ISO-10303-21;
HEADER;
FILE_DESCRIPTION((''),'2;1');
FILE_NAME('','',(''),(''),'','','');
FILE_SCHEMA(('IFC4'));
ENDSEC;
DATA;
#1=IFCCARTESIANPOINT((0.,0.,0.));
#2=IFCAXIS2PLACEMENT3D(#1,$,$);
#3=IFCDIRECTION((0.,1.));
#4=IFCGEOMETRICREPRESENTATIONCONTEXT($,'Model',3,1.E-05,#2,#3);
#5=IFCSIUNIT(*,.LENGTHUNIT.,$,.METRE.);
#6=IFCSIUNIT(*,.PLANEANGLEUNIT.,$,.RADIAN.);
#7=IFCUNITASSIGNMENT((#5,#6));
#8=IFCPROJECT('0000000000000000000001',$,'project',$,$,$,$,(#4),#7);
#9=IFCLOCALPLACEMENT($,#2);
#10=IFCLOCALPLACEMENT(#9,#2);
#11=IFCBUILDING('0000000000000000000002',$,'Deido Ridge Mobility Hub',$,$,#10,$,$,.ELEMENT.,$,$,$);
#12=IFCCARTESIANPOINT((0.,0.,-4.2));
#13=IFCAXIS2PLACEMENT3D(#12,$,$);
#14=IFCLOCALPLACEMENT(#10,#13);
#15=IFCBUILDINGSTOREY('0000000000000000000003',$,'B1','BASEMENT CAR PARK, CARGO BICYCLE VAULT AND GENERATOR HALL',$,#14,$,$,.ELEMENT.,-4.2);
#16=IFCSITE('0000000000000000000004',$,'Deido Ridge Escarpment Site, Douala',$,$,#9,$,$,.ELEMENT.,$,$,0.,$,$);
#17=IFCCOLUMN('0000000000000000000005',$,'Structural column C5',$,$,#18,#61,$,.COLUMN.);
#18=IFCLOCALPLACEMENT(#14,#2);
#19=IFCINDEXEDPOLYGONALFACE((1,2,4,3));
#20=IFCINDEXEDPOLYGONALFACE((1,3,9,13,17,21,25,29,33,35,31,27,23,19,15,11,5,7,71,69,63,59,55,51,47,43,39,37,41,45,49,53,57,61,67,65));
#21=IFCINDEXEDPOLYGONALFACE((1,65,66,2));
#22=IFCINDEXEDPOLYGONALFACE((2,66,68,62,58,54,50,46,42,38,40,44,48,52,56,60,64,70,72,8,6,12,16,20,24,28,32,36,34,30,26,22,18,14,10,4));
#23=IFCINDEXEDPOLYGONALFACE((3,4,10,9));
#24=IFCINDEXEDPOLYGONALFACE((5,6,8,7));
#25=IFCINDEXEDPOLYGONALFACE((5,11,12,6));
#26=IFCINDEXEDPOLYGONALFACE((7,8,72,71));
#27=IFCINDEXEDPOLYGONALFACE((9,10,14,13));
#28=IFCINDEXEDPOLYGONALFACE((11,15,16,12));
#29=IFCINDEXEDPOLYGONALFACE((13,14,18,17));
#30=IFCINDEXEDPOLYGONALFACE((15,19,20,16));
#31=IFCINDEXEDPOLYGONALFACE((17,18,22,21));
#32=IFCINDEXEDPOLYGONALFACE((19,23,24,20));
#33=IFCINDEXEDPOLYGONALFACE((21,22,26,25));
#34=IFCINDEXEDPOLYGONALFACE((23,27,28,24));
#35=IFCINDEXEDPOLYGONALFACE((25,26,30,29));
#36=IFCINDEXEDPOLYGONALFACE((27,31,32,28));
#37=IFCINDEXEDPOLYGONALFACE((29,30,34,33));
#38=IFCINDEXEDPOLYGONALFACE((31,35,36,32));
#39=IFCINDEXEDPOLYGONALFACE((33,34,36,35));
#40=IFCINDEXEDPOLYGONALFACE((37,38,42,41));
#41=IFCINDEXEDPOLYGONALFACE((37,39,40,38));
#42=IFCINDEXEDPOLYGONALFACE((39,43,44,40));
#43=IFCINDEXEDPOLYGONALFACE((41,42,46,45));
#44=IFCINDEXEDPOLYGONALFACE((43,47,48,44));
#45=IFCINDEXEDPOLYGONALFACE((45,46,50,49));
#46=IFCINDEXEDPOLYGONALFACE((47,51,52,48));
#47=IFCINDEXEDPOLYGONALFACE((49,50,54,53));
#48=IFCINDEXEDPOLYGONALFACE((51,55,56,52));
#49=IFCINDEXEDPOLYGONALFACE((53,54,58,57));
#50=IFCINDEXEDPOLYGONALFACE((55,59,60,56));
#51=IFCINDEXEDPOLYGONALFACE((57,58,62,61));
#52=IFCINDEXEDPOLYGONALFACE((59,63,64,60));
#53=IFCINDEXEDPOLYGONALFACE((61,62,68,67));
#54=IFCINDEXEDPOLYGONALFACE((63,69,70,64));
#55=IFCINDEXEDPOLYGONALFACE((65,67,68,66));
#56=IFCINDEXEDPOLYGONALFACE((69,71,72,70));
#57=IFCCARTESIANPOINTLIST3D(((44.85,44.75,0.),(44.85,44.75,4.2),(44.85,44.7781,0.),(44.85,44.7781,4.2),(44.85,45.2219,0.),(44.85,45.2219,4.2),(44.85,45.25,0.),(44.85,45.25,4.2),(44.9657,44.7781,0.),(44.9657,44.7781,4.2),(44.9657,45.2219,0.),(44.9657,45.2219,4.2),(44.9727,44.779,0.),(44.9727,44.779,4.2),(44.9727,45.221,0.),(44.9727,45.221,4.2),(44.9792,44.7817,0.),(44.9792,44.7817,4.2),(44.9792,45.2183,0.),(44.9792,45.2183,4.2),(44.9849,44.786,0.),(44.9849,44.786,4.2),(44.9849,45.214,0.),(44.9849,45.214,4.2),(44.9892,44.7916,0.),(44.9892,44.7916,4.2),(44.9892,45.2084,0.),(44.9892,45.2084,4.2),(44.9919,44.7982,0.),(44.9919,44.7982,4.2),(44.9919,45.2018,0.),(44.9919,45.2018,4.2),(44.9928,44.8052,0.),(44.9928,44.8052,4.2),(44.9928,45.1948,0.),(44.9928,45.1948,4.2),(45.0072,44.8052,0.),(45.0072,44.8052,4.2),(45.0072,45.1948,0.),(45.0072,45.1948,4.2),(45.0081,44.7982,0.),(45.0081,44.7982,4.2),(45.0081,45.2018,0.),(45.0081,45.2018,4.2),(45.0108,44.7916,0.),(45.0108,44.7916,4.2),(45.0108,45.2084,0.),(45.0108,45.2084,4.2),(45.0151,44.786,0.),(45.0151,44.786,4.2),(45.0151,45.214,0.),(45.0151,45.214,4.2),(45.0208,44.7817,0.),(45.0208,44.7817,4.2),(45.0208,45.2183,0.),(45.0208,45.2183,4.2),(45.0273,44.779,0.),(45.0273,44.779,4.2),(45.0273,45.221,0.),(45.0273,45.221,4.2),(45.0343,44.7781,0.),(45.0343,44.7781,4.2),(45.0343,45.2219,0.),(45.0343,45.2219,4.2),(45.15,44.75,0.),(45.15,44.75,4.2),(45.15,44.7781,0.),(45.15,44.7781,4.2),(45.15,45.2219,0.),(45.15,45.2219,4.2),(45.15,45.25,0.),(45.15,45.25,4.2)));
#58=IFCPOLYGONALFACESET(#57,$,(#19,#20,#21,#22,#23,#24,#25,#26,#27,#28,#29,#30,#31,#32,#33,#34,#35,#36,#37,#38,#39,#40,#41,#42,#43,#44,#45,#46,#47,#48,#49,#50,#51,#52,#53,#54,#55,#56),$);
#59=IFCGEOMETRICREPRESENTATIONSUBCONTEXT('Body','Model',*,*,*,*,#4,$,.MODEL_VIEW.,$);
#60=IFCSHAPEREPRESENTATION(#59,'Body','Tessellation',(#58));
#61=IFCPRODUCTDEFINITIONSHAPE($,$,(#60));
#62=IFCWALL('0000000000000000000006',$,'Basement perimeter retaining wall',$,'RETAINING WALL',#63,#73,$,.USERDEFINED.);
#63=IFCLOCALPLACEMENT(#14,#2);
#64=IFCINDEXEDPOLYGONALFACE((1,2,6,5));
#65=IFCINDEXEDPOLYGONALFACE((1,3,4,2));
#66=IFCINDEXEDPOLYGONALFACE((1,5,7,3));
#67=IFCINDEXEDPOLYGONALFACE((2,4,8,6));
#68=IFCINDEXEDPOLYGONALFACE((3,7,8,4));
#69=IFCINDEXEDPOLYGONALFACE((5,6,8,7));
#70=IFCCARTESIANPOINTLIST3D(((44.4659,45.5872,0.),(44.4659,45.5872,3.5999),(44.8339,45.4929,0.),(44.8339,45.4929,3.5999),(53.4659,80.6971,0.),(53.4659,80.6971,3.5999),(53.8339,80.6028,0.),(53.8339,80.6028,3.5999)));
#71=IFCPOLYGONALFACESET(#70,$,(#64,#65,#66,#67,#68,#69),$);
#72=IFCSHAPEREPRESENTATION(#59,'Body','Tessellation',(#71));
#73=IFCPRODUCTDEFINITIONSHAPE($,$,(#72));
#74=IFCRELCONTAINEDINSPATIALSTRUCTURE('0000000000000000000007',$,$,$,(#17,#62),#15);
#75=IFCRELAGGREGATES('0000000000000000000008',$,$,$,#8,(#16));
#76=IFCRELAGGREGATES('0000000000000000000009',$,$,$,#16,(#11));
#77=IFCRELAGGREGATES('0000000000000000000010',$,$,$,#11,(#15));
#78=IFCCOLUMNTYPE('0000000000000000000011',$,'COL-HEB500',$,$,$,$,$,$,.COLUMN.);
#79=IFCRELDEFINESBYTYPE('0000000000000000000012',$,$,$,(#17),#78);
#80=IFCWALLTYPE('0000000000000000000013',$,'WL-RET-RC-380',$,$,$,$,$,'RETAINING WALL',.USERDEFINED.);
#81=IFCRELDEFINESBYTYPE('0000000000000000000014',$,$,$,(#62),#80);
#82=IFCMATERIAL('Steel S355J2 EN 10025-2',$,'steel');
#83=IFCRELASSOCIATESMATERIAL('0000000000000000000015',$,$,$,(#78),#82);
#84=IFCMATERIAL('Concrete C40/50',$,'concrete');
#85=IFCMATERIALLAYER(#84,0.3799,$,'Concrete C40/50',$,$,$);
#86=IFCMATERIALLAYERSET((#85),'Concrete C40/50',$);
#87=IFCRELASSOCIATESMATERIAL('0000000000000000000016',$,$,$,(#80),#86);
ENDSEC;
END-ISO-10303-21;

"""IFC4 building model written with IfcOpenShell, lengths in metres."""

from ifc_helpers import new_model, si_unit, direction, frame, frame_2d, origin, origin_2d, place, context, subcontext, project, spatial, rectangle, i_section, extrude, material, layer, layer_set, material_profile, profile_set, type_object, element, save


model = new_model("IFC4")

# Units and contexts
model_context = context("Model", 3, precision=1e-05, world=origin(), true_north=direction((0.0, 1.0)))
body_context = subcontext(model_context, "Body", "Model", "MODEL_VIEW")
ifc_project = project(units=[si_unit("LENGTHUNIT", "METRE"), si_unit("PLANEANGLEUNIT", "RADIAN")], contexts=[model_context])

# Site, building, storey
site_placement = place(None, origin())
site = spatial("IfcSite", under=ifc_project, at=site_placement, Name="Deido Ridge Escarpment Site, Douala", CompositionType="ELEMENT", RefElevation=0.0)
building_placement = place(site_placement, origin())
building = spatial("IfcBuilding", under=site, at=building_placement, Name="Deido Ridge Mobility Hub", CompositionType="ELEMENT")
storey_placement = place(building_placement, frame((0.0, 0.0, -4.2)))
storey = spatial("IfcBuildingStorey", under=building, at=storey_placement, Name="B1", Description="BASEMENT CAR PARK, CARGO BICYCLE VAULT AND GENERATOR HALL", CompositionType="ELEMENT", Elevation=-4.2)

# Shared definitions
ifc_material_1 = material(Name="Concrete C40/50", Category="concrete")

# Column
ifc_material_2 = material(Name="Steel S355J2 EN 10025-2", Category="steel")
ifc_material_profile_1 = material_profile(ifc_material_2, i_section(OverallWidth=0.3, OverallDepth=0.5, WebThickness=0.0144, FlangeThickness=0.0281, FilletRadius=0.0271, at=origin_2d()), Name="HEB 500")
ifc_profile_set_1 = profile_set([ifc_material_profile_1], Name="Steel S355J2 EN 10025-2")
column_type_1 = type_object("IfcColumnType", Name="COL-HEB500", PredefinedType="COLUMN", material=ifc_profile_set_1)
for number, where, z_axis, x_axis, name in (
    (1, (45.0, 45.0, 0.0), (0.0, 0.0, 1.0), (1.0, 0.0, 0.0), "Structural column C5"),
):
    element("IfcColumn", number, at=place(storey_placement, frame(where, z_axis=z_axis, x_axis=x_axis)), inside=storey, type_object=column_type_1, Name=name, PredefinedType="COLUMN", context=body_context, shape_type="SweptSolid", body=[
        extrude(i_section(OverallWidth=0.3, OverallDepth=0.5, WebThickness=0.0144, FlangeThickness=0.0281, FilletRadius=0.0271, at=origin_2d()), origin(), (0.0, 0.0, 1.0), 4.2),
    ])

# Wall
ifc_layer = layer(ifc_material_1, 0.3799, Name="Concrete C40/50")
ifc_layer_set = layer_set([ifc_layer], Name="Concrete C40/50")
wall_type = type_object("IfcWallType", Name="WL-RET-RC-380", ElementType="RETAINING WALL", PredefinedType="USERDEFINED", material=ifc_layer_set)
wall_placement = place(storey_placement, frame((44.6499, 45.54, 0.0), z_axis=(0.0, 0.0, 1.0), x_axis=(0.24831, 0.968681, 0.0)))
element("IfcWall", 2, at=wall_placement, inside=storey, type_object=wall_type, Name="Basement perimeter retaining wall", ObjectType="RETAINING WALL", PredefinedType="USERDEFINED", context=body_context, shape_type="SweptSolid", body=[
    extrude(rectangle(XDim=36.2451, YDim=0.3799, at=frame_2d((18.1226, 0.0))), origin(), (0.0, 0.0, 1.0), 3.5999),
])

save(model, "model.ifc")
